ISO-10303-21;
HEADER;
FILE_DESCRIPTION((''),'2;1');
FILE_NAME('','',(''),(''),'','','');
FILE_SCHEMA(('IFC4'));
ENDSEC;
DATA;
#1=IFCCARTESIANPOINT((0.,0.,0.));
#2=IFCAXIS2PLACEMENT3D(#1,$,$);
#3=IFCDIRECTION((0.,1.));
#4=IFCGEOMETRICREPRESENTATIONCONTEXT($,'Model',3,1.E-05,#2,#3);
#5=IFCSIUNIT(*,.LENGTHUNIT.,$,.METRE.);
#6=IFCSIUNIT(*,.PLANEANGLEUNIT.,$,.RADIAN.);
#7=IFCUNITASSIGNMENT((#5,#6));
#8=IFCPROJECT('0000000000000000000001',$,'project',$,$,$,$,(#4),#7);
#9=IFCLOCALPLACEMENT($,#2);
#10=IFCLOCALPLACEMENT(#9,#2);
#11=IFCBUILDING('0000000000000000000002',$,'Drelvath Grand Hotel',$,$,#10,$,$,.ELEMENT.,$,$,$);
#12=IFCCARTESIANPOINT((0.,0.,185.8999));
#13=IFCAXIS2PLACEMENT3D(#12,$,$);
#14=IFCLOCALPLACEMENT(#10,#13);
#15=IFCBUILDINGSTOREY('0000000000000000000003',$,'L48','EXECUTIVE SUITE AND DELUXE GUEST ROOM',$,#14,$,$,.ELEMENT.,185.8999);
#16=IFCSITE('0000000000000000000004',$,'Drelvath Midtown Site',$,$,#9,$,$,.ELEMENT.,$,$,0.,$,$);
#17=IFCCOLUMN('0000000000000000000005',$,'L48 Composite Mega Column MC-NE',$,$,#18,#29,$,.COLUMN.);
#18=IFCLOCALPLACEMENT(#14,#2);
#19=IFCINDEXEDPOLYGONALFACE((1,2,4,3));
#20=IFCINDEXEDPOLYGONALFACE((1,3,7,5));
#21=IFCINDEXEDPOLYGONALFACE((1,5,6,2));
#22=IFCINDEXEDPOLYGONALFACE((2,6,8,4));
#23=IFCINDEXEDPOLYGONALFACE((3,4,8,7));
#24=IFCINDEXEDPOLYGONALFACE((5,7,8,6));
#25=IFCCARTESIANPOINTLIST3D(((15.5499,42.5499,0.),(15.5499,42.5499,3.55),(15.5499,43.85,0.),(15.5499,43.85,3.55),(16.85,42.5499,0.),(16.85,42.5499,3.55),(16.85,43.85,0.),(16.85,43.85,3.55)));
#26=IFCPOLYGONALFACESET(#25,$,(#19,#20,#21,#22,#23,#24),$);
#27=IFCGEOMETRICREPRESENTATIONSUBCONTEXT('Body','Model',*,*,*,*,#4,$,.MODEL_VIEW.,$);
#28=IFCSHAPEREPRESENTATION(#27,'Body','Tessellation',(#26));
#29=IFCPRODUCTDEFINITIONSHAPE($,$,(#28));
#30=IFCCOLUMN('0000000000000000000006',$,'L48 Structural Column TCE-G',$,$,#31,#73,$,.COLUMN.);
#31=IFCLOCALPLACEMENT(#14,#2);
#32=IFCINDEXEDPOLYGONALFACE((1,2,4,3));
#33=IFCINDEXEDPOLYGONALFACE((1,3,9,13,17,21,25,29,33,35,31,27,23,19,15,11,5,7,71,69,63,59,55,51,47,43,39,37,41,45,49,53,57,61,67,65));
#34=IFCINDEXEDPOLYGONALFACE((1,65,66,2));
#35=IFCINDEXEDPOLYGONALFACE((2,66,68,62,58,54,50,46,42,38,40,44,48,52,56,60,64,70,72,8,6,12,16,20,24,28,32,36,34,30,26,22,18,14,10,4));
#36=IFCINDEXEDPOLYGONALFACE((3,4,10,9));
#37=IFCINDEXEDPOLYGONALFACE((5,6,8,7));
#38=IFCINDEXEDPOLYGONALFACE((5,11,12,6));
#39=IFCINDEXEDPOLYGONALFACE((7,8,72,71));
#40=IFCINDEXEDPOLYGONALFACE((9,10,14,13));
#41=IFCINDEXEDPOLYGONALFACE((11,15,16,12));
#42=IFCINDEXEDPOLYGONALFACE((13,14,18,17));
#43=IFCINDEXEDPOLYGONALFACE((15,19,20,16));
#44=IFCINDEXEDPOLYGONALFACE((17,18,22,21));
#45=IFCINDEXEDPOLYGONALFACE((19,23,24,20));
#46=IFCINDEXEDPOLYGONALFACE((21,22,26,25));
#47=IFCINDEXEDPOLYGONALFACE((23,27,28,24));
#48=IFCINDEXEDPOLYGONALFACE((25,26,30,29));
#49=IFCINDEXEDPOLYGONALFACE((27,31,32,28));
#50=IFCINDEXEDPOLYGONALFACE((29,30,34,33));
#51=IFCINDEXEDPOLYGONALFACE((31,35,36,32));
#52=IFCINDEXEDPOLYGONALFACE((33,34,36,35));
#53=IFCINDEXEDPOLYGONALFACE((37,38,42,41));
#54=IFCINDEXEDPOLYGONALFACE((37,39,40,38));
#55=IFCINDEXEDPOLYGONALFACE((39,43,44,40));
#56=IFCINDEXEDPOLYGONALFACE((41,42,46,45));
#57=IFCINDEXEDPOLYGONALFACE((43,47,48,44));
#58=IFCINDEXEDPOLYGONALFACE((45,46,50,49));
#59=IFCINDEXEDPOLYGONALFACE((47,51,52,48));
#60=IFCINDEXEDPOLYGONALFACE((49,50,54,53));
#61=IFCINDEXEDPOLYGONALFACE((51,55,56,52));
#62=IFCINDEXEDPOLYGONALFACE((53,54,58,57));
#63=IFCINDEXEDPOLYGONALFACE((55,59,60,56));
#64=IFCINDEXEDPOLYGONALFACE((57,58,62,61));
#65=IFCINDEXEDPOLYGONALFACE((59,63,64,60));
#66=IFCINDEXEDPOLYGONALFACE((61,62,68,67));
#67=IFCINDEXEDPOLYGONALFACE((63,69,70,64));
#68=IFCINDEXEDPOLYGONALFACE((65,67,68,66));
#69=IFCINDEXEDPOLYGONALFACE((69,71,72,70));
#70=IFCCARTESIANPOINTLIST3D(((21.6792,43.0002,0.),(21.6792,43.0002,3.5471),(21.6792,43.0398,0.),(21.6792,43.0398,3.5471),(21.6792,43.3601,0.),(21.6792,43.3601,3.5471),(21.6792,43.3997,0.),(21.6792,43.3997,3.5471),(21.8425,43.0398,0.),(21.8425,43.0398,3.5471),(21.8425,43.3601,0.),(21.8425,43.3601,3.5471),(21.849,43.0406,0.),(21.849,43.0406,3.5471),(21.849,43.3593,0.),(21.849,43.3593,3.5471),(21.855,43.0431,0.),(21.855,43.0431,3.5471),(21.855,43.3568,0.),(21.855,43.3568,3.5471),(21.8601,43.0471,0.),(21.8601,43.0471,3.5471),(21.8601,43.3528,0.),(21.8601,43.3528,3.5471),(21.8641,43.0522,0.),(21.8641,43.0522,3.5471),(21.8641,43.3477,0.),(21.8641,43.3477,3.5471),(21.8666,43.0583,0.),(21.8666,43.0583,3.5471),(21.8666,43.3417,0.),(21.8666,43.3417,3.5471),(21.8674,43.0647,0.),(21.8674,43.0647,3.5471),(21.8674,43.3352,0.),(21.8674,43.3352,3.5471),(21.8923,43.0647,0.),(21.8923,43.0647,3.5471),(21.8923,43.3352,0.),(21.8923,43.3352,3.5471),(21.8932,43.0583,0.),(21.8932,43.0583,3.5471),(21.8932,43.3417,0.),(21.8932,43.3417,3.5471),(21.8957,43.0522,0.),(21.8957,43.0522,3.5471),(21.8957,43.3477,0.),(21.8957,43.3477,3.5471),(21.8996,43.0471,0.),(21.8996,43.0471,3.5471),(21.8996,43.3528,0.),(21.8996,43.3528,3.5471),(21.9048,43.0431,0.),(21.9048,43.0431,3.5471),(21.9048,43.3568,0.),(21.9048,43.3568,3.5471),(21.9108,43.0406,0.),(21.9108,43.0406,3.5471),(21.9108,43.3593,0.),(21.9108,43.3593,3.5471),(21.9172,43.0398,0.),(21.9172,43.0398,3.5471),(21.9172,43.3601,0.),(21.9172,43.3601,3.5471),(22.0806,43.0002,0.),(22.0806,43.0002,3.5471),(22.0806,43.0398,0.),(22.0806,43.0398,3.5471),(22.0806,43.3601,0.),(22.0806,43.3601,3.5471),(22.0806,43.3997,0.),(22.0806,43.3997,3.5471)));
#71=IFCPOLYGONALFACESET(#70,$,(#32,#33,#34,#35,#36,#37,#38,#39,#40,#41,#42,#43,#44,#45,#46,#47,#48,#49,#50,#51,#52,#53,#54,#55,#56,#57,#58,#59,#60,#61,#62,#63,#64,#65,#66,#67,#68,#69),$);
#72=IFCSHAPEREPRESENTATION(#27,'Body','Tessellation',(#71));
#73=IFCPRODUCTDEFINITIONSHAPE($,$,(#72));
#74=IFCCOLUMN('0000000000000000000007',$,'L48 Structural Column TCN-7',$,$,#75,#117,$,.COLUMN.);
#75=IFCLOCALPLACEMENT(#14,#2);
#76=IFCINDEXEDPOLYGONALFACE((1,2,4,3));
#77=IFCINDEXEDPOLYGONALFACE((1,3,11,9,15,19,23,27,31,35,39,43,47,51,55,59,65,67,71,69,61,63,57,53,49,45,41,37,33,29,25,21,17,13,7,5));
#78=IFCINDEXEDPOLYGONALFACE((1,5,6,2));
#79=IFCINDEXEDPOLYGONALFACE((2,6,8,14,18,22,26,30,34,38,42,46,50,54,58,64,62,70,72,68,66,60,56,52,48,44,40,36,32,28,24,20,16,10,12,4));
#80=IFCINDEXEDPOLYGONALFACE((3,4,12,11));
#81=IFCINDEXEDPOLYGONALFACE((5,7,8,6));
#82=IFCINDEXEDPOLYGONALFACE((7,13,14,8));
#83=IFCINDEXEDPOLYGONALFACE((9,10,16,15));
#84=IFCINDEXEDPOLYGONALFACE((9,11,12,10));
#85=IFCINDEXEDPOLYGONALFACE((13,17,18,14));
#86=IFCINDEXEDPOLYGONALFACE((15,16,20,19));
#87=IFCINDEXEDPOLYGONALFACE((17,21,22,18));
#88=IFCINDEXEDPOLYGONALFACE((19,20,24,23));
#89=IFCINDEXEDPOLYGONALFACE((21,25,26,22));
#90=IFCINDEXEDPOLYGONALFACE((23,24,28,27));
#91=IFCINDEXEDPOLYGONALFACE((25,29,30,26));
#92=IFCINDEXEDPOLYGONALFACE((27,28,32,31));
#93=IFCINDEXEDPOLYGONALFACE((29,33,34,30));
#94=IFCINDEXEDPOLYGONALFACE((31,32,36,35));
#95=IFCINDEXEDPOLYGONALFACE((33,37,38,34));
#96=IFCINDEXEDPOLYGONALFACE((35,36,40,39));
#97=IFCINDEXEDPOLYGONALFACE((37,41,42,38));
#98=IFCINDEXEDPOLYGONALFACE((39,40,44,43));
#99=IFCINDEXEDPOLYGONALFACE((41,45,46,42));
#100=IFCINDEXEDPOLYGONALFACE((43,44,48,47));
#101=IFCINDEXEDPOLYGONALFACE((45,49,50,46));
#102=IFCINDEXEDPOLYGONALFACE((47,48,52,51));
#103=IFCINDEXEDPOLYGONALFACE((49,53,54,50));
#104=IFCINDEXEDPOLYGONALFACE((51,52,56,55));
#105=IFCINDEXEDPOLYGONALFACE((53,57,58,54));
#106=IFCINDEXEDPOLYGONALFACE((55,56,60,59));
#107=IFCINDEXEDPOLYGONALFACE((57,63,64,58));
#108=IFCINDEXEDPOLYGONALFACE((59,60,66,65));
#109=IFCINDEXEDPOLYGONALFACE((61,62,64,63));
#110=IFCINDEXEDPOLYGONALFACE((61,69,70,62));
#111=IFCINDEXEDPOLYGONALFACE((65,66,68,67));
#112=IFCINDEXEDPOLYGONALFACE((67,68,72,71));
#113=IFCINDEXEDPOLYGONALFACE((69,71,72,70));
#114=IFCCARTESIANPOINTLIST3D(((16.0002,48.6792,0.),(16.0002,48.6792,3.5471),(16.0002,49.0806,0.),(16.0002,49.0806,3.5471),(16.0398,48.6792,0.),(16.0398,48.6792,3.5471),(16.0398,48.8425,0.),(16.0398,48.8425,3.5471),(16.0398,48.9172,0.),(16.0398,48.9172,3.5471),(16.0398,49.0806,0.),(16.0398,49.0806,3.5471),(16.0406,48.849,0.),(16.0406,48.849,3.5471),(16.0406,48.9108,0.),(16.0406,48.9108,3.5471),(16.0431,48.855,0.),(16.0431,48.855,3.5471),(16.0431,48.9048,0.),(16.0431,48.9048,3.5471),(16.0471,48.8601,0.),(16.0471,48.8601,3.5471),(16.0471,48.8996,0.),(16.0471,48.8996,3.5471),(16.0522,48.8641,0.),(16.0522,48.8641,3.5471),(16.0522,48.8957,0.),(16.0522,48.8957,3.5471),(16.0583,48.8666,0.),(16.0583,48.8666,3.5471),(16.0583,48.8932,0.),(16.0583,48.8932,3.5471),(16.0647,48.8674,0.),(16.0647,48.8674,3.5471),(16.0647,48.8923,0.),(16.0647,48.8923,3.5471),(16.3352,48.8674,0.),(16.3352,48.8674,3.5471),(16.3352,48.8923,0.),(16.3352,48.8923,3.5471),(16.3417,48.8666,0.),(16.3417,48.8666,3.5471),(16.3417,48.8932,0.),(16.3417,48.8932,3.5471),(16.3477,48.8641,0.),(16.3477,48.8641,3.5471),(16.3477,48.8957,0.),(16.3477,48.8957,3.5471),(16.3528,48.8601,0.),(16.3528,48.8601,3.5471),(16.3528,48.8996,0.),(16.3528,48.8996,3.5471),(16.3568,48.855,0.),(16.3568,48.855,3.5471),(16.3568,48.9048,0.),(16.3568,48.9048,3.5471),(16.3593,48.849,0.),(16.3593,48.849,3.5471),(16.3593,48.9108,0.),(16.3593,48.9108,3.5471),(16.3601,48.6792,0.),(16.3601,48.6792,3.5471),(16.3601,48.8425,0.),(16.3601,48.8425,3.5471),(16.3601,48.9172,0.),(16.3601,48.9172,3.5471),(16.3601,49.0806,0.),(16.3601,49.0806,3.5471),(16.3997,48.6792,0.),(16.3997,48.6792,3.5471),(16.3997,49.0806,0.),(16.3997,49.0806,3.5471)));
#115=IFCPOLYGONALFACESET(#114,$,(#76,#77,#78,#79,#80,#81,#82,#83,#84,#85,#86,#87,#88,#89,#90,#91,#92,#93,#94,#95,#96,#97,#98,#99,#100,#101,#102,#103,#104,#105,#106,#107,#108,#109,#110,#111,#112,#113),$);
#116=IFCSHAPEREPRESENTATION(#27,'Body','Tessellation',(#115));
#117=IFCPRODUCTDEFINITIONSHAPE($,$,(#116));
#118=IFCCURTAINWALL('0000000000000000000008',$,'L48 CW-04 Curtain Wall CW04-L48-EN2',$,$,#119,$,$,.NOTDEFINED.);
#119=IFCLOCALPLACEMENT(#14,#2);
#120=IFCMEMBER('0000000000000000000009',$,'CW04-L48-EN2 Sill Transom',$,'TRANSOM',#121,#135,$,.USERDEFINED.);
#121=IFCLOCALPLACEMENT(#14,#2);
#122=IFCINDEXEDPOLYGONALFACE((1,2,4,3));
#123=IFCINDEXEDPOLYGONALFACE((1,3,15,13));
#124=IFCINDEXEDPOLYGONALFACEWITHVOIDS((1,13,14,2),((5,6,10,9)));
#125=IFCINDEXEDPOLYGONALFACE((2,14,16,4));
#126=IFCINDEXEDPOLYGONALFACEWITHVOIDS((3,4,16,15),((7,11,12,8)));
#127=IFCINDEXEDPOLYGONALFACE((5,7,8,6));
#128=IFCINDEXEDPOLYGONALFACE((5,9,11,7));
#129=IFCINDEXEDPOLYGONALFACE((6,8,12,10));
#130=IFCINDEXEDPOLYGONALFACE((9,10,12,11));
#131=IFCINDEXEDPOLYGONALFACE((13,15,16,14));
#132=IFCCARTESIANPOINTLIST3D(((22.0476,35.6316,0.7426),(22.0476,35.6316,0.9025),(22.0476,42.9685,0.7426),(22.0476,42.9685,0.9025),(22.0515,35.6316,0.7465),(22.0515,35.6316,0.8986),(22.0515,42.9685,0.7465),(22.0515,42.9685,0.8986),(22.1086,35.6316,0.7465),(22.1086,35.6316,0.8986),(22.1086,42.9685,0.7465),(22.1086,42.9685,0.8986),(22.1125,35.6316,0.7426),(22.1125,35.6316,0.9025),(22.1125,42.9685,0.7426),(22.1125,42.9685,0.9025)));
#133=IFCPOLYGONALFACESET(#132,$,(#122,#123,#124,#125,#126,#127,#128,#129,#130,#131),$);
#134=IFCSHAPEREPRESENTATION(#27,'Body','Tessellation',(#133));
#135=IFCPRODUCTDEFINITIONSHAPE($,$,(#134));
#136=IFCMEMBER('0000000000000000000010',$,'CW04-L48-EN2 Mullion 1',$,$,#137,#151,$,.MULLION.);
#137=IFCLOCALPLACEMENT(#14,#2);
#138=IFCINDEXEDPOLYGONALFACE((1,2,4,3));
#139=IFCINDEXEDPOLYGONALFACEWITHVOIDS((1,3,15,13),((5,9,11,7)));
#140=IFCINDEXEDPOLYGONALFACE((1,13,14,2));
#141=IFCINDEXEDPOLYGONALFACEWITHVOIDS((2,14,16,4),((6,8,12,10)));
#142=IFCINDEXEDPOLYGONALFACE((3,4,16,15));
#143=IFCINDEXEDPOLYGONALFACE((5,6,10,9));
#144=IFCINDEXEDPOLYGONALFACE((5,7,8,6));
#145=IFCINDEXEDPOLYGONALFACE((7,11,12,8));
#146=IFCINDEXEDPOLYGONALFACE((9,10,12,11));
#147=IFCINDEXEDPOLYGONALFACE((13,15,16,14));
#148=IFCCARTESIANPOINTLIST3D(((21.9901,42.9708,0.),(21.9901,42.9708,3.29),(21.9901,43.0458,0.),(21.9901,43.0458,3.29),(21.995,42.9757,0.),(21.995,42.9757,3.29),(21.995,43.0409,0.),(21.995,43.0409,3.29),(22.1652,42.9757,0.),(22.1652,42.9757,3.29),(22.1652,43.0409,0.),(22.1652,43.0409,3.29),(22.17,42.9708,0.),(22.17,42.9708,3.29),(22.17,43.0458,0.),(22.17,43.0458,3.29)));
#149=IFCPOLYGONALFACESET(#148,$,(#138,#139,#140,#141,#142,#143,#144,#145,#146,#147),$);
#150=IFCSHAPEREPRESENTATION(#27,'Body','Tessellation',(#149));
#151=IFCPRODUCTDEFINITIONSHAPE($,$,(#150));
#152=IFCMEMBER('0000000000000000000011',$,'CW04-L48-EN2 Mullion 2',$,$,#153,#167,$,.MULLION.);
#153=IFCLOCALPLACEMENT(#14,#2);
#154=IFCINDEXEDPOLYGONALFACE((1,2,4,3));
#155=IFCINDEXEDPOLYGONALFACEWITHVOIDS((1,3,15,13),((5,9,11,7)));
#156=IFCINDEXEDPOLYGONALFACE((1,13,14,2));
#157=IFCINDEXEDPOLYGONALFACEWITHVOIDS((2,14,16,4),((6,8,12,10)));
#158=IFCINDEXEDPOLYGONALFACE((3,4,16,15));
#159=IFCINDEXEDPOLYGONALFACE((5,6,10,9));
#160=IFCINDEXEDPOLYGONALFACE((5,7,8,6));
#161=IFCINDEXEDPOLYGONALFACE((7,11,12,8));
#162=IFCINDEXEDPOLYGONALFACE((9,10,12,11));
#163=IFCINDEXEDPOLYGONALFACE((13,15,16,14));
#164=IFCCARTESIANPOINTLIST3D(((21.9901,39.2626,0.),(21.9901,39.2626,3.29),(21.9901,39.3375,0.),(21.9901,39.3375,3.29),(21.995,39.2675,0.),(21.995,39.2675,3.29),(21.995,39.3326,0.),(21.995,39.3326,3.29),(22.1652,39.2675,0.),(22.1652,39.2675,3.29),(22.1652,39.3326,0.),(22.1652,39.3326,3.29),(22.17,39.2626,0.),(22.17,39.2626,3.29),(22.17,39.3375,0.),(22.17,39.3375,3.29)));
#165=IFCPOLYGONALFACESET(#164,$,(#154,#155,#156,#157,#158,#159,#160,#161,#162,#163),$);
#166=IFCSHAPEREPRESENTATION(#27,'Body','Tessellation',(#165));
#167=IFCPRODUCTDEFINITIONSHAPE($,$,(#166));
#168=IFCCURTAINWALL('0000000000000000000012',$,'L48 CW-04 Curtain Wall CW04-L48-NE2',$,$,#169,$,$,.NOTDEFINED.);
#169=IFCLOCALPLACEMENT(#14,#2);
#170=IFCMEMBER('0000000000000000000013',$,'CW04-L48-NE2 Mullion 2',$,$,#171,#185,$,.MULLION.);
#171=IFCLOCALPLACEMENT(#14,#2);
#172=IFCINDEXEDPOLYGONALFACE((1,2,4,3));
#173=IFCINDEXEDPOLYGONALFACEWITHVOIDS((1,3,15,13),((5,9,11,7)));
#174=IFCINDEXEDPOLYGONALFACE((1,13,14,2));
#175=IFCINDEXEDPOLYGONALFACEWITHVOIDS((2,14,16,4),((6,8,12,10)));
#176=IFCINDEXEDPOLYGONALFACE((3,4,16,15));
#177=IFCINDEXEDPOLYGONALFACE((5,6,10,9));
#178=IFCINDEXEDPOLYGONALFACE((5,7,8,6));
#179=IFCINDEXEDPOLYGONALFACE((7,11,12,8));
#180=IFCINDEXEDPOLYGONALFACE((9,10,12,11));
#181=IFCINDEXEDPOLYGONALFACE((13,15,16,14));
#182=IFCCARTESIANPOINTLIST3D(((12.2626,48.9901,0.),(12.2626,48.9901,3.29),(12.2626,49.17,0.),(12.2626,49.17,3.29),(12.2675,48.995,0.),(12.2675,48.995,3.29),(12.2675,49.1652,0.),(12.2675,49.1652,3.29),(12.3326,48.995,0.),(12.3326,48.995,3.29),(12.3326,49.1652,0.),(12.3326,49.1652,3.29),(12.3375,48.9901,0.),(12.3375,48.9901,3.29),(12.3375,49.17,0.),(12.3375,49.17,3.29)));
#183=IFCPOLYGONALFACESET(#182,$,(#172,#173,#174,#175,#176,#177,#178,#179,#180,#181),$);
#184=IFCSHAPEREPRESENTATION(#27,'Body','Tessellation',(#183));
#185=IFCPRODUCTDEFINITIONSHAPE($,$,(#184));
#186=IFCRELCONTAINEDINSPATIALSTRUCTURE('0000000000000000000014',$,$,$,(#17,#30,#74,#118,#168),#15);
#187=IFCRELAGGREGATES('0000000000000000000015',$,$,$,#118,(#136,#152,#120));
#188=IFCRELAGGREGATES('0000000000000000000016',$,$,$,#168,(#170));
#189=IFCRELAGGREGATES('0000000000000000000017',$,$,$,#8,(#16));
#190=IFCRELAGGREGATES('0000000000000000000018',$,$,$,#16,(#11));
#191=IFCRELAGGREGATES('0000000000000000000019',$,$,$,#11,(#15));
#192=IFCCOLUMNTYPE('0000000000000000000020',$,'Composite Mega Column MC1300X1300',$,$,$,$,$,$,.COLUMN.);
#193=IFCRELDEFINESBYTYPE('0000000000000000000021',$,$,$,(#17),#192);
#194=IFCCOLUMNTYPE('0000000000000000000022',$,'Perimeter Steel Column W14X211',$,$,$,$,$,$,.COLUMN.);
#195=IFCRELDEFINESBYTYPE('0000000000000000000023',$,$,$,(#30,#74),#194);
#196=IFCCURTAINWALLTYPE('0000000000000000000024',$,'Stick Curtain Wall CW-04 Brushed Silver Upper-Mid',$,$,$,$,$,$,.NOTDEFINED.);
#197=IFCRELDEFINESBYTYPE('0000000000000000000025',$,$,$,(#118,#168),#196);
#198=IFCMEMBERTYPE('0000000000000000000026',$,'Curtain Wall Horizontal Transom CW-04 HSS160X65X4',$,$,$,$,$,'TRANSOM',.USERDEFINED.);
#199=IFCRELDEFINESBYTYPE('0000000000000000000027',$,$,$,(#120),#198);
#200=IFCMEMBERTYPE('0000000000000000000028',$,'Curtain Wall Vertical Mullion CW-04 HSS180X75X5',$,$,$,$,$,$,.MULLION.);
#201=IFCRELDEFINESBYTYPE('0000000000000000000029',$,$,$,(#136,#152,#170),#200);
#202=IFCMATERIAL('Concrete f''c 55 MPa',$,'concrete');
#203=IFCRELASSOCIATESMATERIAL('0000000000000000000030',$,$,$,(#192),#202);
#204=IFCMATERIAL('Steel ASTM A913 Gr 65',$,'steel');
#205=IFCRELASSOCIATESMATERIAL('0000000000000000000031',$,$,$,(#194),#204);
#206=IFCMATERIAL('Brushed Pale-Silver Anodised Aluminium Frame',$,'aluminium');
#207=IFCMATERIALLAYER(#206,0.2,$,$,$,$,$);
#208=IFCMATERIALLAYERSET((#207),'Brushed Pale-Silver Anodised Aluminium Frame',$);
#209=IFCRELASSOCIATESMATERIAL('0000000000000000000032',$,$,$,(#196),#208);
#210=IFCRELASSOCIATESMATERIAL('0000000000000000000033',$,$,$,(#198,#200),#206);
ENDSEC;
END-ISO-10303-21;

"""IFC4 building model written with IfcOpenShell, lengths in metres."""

from ifc_helpers import new_model, si_unit, direction, frame, origin, origin_2d, place, context, subcontext, project, spatial, rectangle, hollow_rectangle, i_section, extrude, material, layer, layer_set, material_profile, profile_set, type_object, element, aggregate, save


model = new_model("IFC4")

# Units and contexts
model_context = context("Model", 3, precision=1e-05, world=origin(), true_north=direction((0.0, 1.0)))
body_context = subcontext(model_context, "Body", "Model", "MODEL_VIEW")
ifc_project = project(units=[si_unit("LENGTHUNIT", "METRE"), si_unit("PLANEANGLEUNIT", "RADIAN")], contexts=[model_context])

# Site, building, storey
site_placement = place(None, origin())
site = spatial("IfcSite", under=ifc_project, at=site_placement, Name="Drelvath Midtown Site", CompositionType="ELEMENT", RefElevation=0.0)
building_placement = place(site_placement, origin())
building = spatial("IfcBuilding", under=site, at=building_placement, Name="Drelvath Grand Hotel", CompositionType="ELEMENT")
storey_placement = place(building_placement, frame((0.0, 0.0, 185.8999)))
storey = spatial("IfcBuildingStorey", under=building, at=storey_placement, Name="L48", Description="EXECUTIVE SUITE AND DELUXE GUEST ROOM", CompositionType="ELEMENT", Elevation=185.8999)

# Columns
ifc_material_1 = material(Name="Concrete f'c 55 MPa", Category="concrete")
ifc_material_profile_1 = material_profile(ifc_material_1, rectangle(XDim=1.3, YDim=1.3, at=origin_2d()), Name="MC1300X1300")
ifc_profile_set_1 = profile_set([ifc_material_profile_1], Name="Concrete f'c 55 MPa")
column_type_1 = type_object("IfcColumnType", Name="Composite Mega Column MC1300X1300", PredefinedType="COLUMN", material=ifc_profile_set_1)
column_placement = place(storey_placement, frame((16.2, 43.2, 0.0), z_axis=(0.0, 0.0, 1.0), x_axis=(1.0, 0.0, 0.0)))
element("IfcColumn", 1, at=column_placement, inside=storey, type_object=column_type_1, Name="L48 Composite Mega Column MC-NE", PredefinedType="COLUMN", context=body_context, shape_type="SweptSolid", body=[
    extrude(rectangle(XDim=1.3, YDim=1.3, at=origin_2d()), origin(), (0.0, 0.0, 1.0), 3.55),
])
ifc_material_2 = material(Name="Steel ASTM A913 Gr 65", Category="steel")
ifc_material_profile_2 = material_profile(ifc_material_2, i_section(OverallWidth=0.4014, OverallDepth=0.3994, WebThickness=0.0249, FlangeThickness=0.0396, FilletRadius=0.0249, at=origin_2d()), Name="W14X211")
ifc_profile_set_2 = profile_set([ifc_material_profile_2], Name="Steel ASTM A913 Gr 65")
column_type_2 = type_object("IfcColumnType", Name="Perimeter Steel Column W14X211", PredefinedType="COLUMN", material=ifc_profile_set_2)
for number, where, z_axis, x_axis, name in (
    (2, (21.8799, 43.2, 0.0), (0.0, 0.0, 1.0), (1.0, 0.0, 0.0), "L48 Structural Column TCE-G"),
    (3, (16.2, 48.8799, 0.0), (0.0, 0.0, 1.0), (0.0, 1.0, 0.0), "L48 Structural Column TCN-7"),
):
    element("IfcColumn", number, at=place(storey_placement, frame(where, z_axis=z_axis, x_axis=x_axis)), inside=storey, type_object=column_type_2, Name=name, PredefinedType="COLUMN", context=body_context, shape_type="SweptSolid", body=[
        extrude(i_section(OverallWidth=0.4014, OverallDepth=0.3994, WebThickness=0.0249, FlangeThickness=0.0396, FilletRadius=0.0249, at=origin_2d()), origin(), (0.0, 0.0, 1.0), 3.5471),
    ])

# Curtain walls, members
ifc_material_3 = material(Name="Brushed Pale-Silver Anodised Aluminium Frame", Category="aluminium")
ifc_layer_1 = layer(ifc_material_3, 0.2)
ifc_layer_set_1 = layer_set([ifc_layer_1], Name="Brushed Pale-Silver Anodised Aluminium Frame")
curtain_wall_type = type_object("IfcCurtainWallType", Name="Stick Curtain Wall CW-04 Brushed Silver Upper-Mid", PredefinedType="NOTDEFINED", material=ifc_layer_set_1)
curtain_wall_1_placement = place(storey_placement, origin())
curtain_wall_1 = element("IfcCurtainWall", 4, at=curtain_wall_1_placement, inside=storey, type_object=curtain_wall_type, Name="L48 CW-04 Curtain Wall CW04-L48-EN2", PredefinedType="NOTDEFINED")
ifc_material_profile_3 = material_profile(ifc_material_3, hollow_rectangle(XDim=0.0649, YDim=0.1599, WallThickness=0.0039, at=origin_2d()), Name="HSS160X65X4")
ifc_profile_set_3 = profile_set([ifc_material_profile_3], Name="Brushed Pale-Silver Anodised Aluminium Frame")
member_type_1 = type_object("IfcMemberType", Name="Curtain Wall Horizontal Transom CW-04 HSS160X65X4", ElementType="TRANSOM", PredefinedType="USERDEFINED", material=ifc_profile_set_3)
member_1_placement = place(storey_placement, frame((22.0801, 42.9685, 0.8225), z_axis=(0.0, -1.0, 0.0), x_axis=(1.0, 0.0, 0.0)))
member_1 = element("IfcMember", 5, at=member_1_placement, type_object=member_type_1, Name="CW04-L48-EN2 Sill Transom", ObjectType="TRANSOM", PredefinedType="USERDEFINED", context=body_context, shape_type="SweptSolid", body=[
    extrude(hollow_rectangle(XDim=0.0649, YDim=0.1599, WallThickness=0.0039, at=origin_2d()), origin(), (0.0, 0.0, 1.0), 7.3369),
])
ifc_material_profile_4 = material_profile(ifc_material_3, hollow_rectangle(XDim=0.075, YDim=0.1799, WallThickness=0.0049, at=origin_2d()), Name="HSS180X75X5")
ifc_profile_set_4 = profile_set([ifc_material_profile_4], Name="Brushed Pale-Silver Anodised Aluminium Frame")
member_type_2 = type_object("IfcMemberType", Name="Curtain Wall Vertical Mullion CW-04 HSS180X75X5", PredefinedType="MULLION", material=ifc_profile_set_4)
member_2_placement = place(storey_placement, frame((22.0801, 43.0083, 0.0), z_axis=(0.0, 0.0, 1.0), x_axis=(0.0, 1.0, 0.0)))
member_2 = element("IfcMember", 6, at=member_2_placement, type_object=member_type_2, Name="CW04-L48-EN2 Mullion 1", PredefinedType="MULLION", context=body_context, shape_type="SweptSolid", body=[
    extrude(hollow_rectangle(XDim=0.075, YDim=0.1799, WallThickness=0.0049, at=origin_2d()), origin(), (0.0, 0.0, 1.0), 3.29),
])
member_3_placement = place(storey_placement, frame((22.0801, 39.3, 0.0), z_axis=(0.0, 0.0, 1.0), x_axis=(0.0, 1.0, 0.0)))
member_3 = element("IfcMember", 7, at=member_3_placement, type_object=member_type_2, Name="CW04-L48-EN2 Mullion 2", PredefinedType="MULLION", context=body_context, shape_type="SweptSolid", body=[
    extrude(hollow_rectangle(XDim=0.075, YDim=0.1799, WallThickness=0.0049, at=origin_2d()), origin(), (0.0, 0.0, 1.0), 3.29),
])
curtain_wall_2_placement = place(storey_placement, origin())
curtain_wall_2 = element("IfcCurtainWall", 8, at=curtain_wall_2_placement, inside=storey, type_object=curtain_wall_type, Name="L48 CW-04 Curtain Wall CW04-L48-NE2", PredefinedType="NOTDEFINED")
member_4_placement = place(storey_placement, frame((12.3, 49.0801, 0.0), z_axis=(0.0, 0.0, 1.0), x_axis=(1.0, 0.0, 0.0)))
member_4 = element("IfcMember", 9, at=member_4_placement, type_object=member_type_2, Name="CW04-L48-NE2 Mullion 2", PredefinedType="MULLION", context=body_context, shape_type="SweptSolid", body=[
    extrude(hollow_rectangle(XDim=0.075, YDim=0.1799, WallThickness=0.0049, at=origin_2d()), origin(), (0.0, 0.0, 1.0), 3.29),
])

aggregate(curtain_wall_1, [member_2, member_3, member_1])
aggregate(curtain_wall_2, [member_4])

save(model, "model.ifc")
